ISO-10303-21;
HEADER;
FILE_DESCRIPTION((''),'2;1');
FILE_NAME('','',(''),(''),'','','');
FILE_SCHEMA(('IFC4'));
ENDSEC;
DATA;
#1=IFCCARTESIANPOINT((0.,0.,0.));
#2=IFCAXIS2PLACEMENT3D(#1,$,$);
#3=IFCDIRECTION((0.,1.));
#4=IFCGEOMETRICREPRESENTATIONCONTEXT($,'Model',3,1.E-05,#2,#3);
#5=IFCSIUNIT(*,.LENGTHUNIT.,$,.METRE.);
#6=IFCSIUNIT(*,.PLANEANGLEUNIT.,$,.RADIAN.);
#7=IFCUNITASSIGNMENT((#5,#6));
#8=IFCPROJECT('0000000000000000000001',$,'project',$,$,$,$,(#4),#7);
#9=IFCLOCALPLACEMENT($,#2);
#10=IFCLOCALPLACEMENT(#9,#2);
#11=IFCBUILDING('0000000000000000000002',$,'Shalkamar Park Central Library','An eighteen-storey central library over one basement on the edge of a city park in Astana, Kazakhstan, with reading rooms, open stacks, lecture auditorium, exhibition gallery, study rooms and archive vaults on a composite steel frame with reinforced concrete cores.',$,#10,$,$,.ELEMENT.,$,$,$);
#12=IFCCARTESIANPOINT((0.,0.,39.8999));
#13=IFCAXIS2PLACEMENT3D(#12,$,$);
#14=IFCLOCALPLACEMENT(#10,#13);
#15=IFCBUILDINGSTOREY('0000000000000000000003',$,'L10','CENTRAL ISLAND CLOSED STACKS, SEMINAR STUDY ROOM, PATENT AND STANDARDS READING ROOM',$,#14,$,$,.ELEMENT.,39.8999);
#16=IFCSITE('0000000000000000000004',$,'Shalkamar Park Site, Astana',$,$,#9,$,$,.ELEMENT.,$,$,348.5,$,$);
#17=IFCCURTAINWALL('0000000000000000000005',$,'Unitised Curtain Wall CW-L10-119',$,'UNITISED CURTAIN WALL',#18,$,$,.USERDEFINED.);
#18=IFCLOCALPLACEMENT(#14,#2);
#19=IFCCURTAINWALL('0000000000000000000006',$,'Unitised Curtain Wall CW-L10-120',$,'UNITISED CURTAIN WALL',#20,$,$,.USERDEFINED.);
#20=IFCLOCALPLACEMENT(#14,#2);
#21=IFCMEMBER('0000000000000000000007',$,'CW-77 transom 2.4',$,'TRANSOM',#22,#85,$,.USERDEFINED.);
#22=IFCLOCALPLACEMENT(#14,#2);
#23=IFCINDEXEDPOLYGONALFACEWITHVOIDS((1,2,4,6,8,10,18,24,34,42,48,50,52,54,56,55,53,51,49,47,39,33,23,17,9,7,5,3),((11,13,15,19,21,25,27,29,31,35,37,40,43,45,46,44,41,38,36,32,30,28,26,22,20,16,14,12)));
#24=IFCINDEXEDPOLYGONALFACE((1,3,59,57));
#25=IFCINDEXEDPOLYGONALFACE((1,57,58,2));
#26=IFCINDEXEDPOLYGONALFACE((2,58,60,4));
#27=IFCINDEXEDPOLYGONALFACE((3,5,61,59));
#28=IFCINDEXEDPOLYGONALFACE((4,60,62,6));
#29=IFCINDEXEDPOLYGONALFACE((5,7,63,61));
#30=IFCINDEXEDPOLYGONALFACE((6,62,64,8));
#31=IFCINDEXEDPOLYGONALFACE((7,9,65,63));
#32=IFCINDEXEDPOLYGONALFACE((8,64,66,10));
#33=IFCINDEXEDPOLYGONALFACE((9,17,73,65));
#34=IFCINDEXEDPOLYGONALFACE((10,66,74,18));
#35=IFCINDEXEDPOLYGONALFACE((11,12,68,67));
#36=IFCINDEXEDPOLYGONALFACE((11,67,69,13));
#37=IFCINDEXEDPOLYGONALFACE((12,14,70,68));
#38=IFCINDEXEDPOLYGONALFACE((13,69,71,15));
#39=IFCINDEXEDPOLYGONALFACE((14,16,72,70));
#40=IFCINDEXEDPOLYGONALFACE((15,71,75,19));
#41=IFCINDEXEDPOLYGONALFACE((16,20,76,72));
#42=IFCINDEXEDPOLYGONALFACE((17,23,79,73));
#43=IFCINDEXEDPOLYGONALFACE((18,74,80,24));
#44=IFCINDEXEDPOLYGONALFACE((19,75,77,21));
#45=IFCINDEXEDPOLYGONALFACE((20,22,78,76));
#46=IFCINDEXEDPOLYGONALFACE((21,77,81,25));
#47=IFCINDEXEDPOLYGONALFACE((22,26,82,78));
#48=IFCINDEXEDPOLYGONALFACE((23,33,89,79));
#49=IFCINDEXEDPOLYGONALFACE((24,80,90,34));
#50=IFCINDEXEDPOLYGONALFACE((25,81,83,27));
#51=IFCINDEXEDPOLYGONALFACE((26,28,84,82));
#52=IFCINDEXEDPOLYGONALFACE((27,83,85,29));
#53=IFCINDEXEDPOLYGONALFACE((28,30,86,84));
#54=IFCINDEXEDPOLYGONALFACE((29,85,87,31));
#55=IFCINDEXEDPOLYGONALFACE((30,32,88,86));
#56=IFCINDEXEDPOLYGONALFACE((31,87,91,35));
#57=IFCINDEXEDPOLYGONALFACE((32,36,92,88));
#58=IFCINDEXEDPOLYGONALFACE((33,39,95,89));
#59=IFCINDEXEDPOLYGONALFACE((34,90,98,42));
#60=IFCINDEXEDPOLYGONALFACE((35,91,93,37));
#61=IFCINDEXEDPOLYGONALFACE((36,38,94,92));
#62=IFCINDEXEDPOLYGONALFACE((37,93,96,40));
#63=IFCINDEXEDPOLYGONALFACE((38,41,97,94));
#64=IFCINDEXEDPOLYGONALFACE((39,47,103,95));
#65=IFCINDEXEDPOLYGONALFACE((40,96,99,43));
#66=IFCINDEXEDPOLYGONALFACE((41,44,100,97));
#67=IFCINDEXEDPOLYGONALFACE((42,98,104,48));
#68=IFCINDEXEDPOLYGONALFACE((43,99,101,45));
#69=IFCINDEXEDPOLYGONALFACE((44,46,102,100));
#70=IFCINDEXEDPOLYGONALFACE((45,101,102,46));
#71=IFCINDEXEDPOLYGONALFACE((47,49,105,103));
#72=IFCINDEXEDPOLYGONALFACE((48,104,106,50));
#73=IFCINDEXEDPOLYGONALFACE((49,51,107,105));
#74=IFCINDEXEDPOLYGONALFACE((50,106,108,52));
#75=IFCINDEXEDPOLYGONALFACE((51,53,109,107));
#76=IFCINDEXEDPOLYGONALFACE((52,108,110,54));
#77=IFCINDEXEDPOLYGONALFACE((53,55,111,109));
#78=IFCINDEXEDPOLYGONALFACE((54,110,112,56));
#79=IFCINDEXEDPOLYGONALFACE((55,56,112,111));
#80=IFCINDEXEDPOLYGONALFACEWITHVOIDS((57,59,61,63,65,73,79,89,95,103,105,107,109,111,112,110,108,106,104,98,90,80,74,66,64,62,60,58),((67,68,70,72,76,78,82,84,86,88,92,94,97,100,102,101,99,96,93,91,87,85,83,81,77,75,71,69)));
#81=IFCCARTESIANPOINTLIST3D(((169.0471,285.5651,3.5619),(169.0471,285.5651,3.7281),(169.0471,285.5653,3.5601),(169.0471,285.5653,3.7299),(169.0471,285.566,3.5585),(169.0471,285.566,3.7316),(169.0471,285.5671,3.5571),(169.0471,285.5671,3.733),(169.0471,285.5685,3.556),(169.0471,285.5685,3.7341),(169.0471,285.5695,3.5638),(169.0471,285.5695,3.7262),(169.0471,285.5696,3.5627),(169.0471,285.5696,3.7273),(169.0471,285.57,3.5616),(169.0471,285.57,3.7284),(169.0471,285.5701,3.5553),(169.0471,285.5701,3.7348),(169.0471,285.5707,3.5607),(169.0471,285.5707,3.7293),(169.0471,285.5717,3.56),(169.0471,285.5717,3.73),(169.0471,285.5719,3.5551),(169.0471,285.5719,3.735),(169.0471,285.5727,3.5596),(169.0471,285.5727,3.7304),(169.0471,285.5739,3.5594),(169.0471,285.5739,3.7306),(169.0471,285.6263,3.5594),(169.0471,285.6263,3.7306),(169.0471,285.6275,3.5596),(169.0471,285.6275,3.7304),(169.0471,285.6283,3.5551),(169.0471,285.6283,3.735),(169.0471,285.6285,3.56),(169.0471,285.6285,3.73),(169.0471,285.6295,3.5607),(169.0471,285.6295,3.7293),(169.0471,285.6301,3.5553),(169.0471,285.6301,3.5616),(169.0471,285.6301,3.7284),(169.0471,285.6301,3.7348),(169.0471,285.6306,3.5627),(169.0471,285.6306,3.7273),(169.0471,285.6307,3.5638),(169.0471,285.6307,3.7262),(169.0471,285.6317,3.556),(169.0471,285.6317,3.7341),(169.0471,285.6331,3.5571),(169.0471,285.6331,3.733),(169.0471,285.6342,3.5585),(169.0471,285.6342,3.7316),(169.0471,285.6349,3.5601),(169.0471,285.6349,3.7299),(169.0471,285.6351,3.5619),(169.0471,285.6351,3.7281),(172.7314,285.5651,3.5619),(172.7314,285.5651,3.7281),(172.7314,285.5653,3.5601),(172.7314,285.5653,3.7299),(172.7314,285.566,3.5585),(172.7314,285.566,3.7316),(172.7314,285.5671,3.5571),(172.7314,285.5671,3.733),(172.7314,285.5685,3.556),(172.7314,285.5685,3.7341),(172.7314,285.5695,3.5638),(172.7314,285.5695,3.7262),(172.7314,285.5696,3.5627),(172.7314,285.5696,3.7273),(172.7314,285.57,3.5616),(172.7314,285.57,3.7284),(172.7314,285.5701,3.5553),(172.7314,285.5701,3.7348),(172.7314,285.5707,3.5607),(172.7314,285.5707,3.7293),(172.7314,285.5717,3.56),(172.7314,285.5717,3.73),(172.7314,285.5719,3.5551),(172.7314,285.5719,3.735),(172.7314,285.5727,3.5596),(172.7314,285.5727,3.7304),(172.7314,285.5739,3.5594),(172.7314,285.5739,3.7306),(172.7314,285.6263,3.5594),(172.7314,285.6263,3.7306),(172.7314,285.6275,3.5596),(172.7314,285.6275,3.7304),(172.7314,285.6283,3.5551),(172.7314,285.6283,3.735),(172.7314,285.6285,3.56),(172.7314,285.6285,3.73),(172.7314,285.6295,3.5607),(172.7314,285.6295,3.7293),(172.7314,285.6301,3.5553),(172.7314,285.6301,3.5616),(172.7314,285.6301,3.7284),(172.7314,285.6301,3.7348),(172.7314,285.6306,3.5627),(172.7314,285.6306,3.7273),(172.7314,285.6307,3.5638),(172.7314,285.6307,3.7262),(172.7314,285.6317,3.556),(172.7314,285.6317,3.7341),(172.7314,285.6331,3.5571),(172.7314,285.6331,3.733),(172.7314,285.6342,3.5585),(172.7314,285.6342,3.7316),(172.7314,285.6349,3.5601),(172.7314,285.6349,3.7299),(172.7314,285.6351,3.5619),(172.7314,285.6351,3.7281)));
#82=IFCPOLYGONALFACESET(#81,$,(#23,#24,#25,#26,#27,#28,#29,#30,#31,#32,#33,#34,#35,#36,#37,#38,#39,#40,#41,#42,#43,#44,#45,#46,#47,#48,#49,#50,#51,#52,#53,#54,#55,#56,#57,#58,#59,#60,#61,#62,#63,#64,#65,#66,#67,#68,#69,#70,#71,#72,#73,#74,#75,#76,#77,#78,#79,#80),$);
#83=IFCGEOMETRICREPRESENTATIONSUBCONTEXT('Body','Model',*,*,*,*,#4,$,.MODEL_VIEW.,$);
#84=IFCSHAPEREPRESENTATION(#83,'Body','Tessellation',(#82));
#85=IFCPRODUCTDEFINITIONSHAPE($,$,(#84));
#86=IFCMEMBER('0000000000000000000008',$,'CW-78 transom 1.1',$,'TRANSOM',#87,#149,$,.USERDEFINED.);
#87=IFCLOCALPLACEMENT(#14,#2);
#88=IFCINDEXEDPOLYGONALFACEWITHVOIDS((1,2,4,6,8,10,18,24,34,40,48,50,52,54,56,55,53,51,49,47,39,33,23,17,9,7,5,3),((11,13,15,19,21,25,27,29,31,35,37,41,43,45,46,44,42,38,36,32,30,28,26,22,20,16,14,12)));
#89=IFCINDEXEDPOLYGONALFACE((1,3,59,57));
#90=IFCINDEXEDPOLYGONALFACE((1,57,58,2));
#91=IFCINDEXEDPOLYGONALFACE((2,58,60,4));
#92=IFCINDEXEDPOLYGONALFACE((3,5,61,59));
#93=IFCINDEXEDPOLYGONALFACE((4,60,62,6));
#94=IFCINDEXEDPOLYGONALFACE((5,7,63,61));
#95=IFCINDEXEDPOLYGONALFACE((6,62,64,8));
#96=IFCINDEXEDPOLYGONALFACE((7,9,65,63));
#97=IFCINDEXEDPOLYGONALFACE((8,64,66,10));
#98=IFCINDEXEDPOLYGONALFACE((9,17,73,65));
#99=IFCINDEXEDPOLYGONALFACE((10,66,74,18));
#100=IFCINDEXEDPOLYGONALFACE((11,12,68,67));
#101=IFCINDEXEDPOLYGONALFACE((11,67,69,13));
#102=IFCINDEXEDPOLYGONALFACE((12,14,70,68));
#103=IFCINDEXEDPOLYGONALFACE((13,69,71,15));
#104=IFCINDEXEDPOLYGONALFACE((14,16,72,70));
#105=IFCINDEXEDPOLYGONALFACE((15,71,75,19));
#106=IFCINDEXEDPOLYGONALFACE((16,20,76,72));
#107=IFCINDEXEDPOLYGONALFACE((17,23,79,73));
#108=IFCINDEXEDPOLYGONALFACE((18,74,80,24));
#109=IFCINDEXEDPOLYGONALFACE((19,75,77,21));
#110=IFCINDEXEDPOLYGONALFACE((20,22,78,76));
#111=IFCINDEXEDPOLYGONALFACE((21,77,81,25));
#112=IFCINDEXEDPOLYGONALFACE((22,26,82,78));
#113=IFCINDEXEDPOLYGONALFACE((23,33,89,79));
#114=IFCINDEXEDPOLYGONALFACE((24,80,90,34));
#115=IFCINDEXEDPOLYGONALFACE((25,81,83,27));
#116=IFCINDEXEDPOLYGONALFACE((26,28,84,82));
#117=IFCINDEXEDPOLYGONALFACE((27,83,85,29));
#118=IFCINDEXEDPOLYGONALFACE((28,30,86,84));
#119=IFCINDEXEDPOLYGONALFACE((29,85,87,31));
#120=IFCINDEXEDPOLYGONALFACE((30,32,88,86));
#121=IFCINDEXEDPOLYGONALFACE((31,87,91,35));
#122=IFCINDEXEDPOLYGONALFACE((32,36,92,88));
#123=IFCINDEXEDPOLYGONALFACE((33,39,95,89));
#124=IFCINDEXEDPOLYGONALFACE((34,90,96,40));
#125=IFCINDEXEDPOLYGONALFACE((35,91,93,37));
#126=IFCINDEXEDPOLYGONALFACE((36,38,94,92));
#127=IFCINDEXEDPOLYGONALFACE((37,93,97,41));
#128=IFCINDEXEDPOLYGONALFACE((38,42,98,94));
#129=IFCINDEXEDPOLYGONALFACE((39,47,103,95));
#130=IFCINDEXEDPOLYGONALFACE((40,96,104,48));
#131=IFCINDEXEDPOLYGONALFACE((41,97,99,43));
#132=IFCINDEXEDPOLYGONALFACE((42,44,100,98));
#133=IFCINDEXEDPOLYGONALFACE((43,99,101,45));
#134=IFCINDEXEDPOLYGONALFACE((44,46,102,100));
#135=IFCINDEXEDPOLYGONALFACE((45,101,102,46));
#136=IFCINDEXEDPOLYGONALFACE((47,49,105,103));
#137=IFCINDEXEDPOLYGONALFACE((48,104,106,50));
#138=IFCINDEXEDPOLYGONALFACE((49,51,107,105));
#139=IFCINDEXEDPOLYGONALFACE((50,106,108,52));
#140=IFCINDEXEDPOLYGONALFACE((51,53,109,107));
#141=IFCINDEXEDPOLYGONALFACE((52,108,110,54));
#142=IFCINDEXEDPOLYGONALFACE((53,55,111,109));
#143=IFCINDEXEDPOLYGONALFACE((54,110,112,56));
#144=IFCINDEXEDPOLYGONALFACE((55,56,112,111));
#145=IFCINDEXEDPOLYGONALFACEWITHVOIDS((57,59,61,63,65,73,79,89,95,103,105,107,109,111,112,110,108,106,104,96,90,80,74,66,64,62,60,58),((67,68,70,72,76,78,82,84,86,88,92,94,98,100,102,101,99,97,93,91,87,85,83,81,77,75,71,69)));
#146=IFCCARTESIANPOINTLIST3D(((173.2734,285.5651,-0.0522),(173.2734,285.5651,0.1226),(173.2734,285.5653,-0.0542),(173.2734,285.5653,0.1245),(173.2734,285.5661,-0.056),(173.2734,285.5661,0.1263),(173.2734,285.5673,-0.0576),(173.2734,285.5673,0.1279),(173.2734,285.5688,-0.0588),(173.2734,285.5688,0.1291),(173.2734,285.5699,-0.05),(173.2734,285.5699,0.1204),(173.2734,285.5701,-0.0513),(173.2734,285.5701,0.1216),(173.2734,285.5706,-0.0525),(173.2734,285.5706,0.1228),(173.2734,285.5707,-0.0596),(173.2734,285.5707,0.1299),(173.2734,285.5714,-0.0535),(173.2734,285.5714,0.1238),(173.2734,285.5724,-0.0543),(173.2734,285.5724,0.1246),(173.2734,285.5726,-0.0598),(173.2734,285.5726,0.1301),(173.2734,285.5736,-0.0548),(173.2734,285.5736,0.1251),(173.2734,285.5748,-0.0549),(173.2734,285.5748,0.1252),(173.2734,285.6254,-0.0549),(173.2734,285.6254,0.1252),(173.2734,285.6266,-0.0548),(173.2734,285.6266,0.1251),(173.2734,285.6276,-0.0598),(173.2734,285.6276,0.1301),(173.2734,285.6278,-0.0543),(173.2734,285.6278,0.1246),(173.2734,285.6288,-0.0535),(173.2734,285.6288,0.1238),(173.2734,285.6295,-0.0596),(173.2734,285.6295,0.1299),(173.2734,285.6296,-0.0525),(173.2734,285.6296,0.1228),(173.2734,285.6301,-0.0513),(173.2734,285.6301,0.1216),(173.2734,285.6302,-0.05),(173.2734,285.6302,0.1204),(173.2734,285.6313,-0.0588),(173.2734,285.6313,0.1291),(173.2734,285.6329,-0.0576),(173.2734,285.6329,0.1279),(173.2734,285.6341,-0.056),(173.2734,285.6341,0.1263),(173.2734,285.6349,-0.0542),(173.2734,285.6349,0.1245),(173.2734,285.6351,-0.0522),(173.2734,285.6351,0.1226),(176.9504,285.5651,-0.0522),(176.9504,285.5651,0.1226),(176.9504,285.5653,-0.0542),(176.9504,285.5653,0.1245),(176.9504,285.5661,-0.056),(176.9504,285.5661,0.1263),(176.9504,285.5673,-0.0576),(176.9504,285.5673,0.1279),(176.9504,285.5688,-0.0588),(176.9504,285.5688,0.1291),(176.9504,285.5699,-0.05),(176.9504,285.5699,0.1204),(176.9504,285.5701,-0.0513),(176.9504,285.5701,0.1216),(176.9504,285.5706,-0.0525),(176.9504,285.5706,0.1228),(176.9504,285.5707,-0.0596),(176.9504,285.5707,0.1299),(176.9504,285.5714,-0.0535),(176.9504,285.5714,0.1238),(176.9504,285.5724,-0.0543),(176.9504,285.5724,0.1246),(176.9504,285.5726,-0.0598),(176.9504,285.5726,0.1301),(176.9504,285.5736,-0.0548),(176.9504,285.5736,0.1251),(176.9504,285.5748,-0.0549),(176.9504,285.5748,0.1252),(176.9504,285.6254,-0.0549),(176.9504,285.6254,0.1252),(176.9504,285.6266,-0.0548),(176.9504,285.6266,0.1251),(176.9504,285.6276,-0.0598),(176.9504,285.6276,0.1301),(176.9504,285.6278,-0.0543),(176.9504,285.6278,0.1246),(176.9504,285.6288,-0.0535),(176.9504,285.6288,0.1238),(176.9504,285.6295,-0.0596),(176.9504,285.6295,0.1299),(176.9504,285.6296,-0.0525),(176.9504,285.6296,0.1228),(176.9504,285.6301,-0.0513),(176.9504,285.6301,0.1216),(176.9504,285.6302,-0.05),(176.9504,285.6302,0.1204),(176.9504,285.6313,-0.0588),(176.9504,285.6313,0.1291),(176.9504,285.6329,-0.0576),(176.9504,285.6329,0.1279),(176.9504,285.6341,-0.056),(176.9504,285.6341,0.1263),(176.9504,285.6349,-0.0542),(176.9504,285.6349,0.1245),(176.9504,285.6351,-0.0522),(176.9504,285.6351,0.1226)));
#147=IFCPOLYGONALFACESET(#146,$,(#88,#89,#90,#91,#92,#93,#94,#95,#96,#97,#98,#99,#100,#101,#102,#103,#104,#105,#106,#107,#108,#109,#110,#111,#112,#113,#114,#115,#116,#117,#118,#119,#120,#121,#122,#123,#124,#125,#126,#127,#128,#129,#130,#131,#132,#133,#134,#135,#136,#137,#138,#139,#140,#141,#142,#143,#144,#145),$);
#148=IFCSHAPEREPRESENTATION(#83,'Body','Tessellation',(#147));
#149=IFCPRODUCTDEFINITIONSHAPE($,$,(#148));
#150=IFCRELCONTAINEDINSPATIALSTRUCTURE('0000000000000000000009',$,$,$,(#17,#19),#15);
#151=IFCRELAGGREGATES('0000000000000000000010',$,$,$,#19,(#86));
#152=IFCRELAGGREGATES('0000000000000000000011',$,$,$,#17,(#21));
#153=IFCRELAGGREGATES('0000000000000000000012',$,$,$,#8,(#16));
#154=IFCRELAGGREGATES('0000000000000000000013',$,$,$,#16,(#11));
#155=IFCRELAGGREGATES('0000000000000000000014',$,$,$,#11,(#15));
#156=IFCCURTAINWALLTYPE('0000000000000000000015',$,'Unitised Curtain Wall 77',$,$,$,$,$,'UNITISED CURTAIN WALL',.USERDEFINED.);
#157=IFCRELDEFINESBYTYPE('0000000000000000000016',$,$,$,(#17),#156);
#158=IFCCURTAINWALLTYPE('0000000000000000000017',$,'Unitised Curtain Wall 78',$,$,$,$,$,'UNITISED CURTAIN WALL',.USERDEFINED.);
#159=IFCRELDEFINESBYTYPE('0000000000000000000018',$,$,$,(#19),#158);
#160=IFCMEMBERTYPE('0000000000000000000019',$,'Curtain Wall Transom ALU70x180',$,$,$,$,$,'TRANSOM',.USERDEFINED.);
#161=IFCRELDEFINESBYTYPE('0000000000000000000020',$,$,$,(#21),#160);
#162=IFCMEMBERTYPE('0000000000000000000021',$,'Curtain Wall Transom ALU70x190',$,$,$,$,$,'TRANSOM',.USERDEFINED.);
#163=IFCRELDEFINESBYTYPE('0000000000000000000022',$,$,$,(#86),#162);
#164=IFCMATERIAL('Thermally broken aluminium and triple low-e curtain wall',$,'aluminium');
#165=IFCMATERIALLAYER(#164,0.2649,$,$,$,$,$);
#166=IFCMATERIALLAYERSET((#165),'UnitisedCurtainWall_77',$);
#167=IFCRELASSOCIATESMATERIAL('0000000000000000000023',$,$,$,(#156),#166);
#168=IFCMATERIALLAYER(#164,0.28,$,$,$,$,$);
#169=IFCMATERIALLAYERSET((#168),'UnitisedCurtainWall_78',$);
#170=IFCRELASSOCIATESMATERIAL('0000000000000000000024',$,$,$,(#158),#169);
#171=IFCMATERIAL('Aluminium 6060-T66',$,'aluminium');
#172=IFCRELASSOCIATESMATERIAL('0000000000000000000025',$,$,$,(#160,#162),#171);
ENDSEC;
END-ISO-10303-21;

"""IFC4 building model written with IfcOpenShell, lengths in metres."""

from ifc_helpers import new_model, si_unit, direction, frame, origin, origin_2d, place, context, subcontext, project, spatial, hollow_rectangle, extrude, material, layer, layer_set, material_profile, profile_set, type_object, element, aggregate, save


model = new_model("IFC4")

# Units and contexts
model_context = context("Model", 3, precision=1e-05, world=origin(), true_north=direction((0.0, 1.0)))
body_context = subcontext(model_context, "Body", "Model", "MODEL_VIEW")
ifc_project = project(units=[si_unit("LENGTHUNIT", "METRE"), si_unit("PLANEANGLEUNIT", "RADIAN")], contexts=[model_context])

# Site, building, storey
site_placement = place(None, origin())
site = spatial("IfcSite", under=ifc_project, at=site_placement, Name="Shalkamar Park Site, Astana", CompositionType="ELEMENT", RefElevation=348.5)
building_placement = place(site_placement, origin())
building = spatial("IfcBuilding", under=site, at=building_placement, Name="Shalkamar Park Central Library", Description="An eighteen-storey central library over one basement on the edge of a city park in Astana, Kazakhstan, with reading rooms, open stacks, lecture auditorium, exhibition gallery, study rooms and archive vaults on a composite steel frame with reinforced concrete cores.", CompositionType="ELEMENT")
storey_placement = place(building_placement, frame((0.0, 0.0, 39.8999)))
storey = spatial("IfcBuildingStorey", under=building, at=storey_placement, Name="L10", Description="CENTRAL ISLAND CLOSED STACKS, SEMINAR STUDY ROOM, PATENT AND STANDARDS READING ROOM", CompositionType="ELEMENT", Elevation=39.8999)

# Curtain walls
ifc_material_1 = material(Name="Thermally broken aluminium and triple low-e curtain wall", Category="aluminium")
ifc_layer_1 = layer(ifc_material_1, 0.2649)
ifc_layer_set_1 = layer_set([ifc_layer_1], Name="UnitisedCurtainWall_77")
curtain_wall_type_1 = type_object("IfcCurtainWallType", Name="Unitised Curtain Wall 77", ElementType="UNITISED CURTAIN WALL", PredefinedType="USERDEFINED", material=ifc_layer_set_1)
curtain_wall_1_placement = place(storey_placement, origin())
curtain_wall_1 = element("IfcCurtainWall", 1, at=curtain_wall_1_placement, inside=storey, type_object=curtain_wall_type_1, Name="Unitised Curtain Wall CW-L10-119", ObjectType="UNITISED CURTAIN WALL", PredefinedType="USERDEFINED")
ifc_material_2 = material(Name="Aluminium 6060-T66", Category="aluminium")
ifc_layer_2 = layer(ifc_material_1, 0.28)
ifc_layer_set_2 = layer_set([ifc_layer_2], Name="UnitisedCurtainWall_78")
curtain_wall_type_2 = type_object("IfcCurtainWallType", Name="Unitised Curtain Wall 78", ElementType="UNITISED CURTAIN WALL", PredefinedType="USERDEFINED", material=ifc_layer_set_2)
curtain_wall_2_placement = place(storey_placement, origin())
curtain_wall_2 = element("IfcCurtainWall", 2, at=curtain_wall_2_placement, inside=storey, type_object=curtain_wall_type_2, Name="Unitised Curtain Wall CW-L10-120", ObjectType="UNITISED CURTAIN WALL", PredefinedType="USERDEFINED")

# Members
ifc_material_profile_1 = material_profile(ifc_material_2, hollow_rectangle(XDim=0.0701, YDim=0.1799, WallThickness=0.0044, InnerFilletRadius=0.0044, OuterFilletRadius=0.0068, at=origin_2d()), Name="ALU 70x180x4.5")
ifc_profile_set_1 = profile_set([ifc_material_profile_1], Name="Aluminium 6060-T66")
member_type_1 = type_object("IfcMemberType", Name="Curtain Wall Transom ALU70x180", ElementType="TRANSOM", PredefinedType="USERDEFINED", material=ifc_profile_set_1)
member_1_placement = place(storey_placement, frame((169.0471, 285.6001, 3.645), z_axis=(1.0, 0.0, 0.0), x_axis=(0.0, 1.0, 0.0)))
member_1 = element("IfcMember", 3, at=member_1_placement, type_object=member_type_1, Name="CW-77 transom 2.4", ObjectType="TRANSOM", PredefinedType="USERDEFINED", context=body_context, shape_type="SweptSolid", body=[
    extrude(hollow_rectangle(XDim=0.0701, YDim=0.1799, WallThickness=0.0044, InnerFilletRadius=0.0044, OuterFilletRadius=0.0068, at=origin_2d()), origin(), (0.0, 0.0, 1.0), 3.6843),
])
ifc_material_profile_2 = material_profile(ifc_material_2, hollow_rectangle(XDim=0.0701, YDim=0.1899, WallThickness=0.0049, InnerFilletRadius=0.0049, OuterFilletRadius=0.0076, at=origin_2d()), Name="ALU 70x190x5")
ifc_profile_set_2 = profile_set([ifc_material_profile_2], Name="Aluminium 6060-T66")
member_type_2 = type_object("IfcMemberType", Name="Curtain Wall Transom ALU70x190", ElementType="TRANSOM", PredefinedType="USERDEFINED", material=ifc_profile_set_2)
member_2_placement = place(storey_placement, frame((173.2734, 285.6001, 0.0352), z_axis=(1.0, 0.0, 0.0), x_axis=(0.0, 1.0, 0.0)))
member_2 = element("IfcMember", 4, at=member_2_placement, type_object=member_type_2, Name="CW-78 transom 1.1", ObjectType="TRANSOM", PredefinedType="USERDEFINED", context=body_context, shape_type="SweptSolid", body=[
    extrude(hollow_rectangle(XDim=0.0701, YDim=0.1899, WallThickness=0.0049, InnerFilletRadius=0.0049, OuterFilletRadius=0.0076, at=origin_2d()), origin(), (0.0, 0.0, 1.0), 3.677),
])

aggregate(curtain_wall_2, [member_2])
aggregate(curtain_wall_1, [member_1])

save(model, "model.ifc")
